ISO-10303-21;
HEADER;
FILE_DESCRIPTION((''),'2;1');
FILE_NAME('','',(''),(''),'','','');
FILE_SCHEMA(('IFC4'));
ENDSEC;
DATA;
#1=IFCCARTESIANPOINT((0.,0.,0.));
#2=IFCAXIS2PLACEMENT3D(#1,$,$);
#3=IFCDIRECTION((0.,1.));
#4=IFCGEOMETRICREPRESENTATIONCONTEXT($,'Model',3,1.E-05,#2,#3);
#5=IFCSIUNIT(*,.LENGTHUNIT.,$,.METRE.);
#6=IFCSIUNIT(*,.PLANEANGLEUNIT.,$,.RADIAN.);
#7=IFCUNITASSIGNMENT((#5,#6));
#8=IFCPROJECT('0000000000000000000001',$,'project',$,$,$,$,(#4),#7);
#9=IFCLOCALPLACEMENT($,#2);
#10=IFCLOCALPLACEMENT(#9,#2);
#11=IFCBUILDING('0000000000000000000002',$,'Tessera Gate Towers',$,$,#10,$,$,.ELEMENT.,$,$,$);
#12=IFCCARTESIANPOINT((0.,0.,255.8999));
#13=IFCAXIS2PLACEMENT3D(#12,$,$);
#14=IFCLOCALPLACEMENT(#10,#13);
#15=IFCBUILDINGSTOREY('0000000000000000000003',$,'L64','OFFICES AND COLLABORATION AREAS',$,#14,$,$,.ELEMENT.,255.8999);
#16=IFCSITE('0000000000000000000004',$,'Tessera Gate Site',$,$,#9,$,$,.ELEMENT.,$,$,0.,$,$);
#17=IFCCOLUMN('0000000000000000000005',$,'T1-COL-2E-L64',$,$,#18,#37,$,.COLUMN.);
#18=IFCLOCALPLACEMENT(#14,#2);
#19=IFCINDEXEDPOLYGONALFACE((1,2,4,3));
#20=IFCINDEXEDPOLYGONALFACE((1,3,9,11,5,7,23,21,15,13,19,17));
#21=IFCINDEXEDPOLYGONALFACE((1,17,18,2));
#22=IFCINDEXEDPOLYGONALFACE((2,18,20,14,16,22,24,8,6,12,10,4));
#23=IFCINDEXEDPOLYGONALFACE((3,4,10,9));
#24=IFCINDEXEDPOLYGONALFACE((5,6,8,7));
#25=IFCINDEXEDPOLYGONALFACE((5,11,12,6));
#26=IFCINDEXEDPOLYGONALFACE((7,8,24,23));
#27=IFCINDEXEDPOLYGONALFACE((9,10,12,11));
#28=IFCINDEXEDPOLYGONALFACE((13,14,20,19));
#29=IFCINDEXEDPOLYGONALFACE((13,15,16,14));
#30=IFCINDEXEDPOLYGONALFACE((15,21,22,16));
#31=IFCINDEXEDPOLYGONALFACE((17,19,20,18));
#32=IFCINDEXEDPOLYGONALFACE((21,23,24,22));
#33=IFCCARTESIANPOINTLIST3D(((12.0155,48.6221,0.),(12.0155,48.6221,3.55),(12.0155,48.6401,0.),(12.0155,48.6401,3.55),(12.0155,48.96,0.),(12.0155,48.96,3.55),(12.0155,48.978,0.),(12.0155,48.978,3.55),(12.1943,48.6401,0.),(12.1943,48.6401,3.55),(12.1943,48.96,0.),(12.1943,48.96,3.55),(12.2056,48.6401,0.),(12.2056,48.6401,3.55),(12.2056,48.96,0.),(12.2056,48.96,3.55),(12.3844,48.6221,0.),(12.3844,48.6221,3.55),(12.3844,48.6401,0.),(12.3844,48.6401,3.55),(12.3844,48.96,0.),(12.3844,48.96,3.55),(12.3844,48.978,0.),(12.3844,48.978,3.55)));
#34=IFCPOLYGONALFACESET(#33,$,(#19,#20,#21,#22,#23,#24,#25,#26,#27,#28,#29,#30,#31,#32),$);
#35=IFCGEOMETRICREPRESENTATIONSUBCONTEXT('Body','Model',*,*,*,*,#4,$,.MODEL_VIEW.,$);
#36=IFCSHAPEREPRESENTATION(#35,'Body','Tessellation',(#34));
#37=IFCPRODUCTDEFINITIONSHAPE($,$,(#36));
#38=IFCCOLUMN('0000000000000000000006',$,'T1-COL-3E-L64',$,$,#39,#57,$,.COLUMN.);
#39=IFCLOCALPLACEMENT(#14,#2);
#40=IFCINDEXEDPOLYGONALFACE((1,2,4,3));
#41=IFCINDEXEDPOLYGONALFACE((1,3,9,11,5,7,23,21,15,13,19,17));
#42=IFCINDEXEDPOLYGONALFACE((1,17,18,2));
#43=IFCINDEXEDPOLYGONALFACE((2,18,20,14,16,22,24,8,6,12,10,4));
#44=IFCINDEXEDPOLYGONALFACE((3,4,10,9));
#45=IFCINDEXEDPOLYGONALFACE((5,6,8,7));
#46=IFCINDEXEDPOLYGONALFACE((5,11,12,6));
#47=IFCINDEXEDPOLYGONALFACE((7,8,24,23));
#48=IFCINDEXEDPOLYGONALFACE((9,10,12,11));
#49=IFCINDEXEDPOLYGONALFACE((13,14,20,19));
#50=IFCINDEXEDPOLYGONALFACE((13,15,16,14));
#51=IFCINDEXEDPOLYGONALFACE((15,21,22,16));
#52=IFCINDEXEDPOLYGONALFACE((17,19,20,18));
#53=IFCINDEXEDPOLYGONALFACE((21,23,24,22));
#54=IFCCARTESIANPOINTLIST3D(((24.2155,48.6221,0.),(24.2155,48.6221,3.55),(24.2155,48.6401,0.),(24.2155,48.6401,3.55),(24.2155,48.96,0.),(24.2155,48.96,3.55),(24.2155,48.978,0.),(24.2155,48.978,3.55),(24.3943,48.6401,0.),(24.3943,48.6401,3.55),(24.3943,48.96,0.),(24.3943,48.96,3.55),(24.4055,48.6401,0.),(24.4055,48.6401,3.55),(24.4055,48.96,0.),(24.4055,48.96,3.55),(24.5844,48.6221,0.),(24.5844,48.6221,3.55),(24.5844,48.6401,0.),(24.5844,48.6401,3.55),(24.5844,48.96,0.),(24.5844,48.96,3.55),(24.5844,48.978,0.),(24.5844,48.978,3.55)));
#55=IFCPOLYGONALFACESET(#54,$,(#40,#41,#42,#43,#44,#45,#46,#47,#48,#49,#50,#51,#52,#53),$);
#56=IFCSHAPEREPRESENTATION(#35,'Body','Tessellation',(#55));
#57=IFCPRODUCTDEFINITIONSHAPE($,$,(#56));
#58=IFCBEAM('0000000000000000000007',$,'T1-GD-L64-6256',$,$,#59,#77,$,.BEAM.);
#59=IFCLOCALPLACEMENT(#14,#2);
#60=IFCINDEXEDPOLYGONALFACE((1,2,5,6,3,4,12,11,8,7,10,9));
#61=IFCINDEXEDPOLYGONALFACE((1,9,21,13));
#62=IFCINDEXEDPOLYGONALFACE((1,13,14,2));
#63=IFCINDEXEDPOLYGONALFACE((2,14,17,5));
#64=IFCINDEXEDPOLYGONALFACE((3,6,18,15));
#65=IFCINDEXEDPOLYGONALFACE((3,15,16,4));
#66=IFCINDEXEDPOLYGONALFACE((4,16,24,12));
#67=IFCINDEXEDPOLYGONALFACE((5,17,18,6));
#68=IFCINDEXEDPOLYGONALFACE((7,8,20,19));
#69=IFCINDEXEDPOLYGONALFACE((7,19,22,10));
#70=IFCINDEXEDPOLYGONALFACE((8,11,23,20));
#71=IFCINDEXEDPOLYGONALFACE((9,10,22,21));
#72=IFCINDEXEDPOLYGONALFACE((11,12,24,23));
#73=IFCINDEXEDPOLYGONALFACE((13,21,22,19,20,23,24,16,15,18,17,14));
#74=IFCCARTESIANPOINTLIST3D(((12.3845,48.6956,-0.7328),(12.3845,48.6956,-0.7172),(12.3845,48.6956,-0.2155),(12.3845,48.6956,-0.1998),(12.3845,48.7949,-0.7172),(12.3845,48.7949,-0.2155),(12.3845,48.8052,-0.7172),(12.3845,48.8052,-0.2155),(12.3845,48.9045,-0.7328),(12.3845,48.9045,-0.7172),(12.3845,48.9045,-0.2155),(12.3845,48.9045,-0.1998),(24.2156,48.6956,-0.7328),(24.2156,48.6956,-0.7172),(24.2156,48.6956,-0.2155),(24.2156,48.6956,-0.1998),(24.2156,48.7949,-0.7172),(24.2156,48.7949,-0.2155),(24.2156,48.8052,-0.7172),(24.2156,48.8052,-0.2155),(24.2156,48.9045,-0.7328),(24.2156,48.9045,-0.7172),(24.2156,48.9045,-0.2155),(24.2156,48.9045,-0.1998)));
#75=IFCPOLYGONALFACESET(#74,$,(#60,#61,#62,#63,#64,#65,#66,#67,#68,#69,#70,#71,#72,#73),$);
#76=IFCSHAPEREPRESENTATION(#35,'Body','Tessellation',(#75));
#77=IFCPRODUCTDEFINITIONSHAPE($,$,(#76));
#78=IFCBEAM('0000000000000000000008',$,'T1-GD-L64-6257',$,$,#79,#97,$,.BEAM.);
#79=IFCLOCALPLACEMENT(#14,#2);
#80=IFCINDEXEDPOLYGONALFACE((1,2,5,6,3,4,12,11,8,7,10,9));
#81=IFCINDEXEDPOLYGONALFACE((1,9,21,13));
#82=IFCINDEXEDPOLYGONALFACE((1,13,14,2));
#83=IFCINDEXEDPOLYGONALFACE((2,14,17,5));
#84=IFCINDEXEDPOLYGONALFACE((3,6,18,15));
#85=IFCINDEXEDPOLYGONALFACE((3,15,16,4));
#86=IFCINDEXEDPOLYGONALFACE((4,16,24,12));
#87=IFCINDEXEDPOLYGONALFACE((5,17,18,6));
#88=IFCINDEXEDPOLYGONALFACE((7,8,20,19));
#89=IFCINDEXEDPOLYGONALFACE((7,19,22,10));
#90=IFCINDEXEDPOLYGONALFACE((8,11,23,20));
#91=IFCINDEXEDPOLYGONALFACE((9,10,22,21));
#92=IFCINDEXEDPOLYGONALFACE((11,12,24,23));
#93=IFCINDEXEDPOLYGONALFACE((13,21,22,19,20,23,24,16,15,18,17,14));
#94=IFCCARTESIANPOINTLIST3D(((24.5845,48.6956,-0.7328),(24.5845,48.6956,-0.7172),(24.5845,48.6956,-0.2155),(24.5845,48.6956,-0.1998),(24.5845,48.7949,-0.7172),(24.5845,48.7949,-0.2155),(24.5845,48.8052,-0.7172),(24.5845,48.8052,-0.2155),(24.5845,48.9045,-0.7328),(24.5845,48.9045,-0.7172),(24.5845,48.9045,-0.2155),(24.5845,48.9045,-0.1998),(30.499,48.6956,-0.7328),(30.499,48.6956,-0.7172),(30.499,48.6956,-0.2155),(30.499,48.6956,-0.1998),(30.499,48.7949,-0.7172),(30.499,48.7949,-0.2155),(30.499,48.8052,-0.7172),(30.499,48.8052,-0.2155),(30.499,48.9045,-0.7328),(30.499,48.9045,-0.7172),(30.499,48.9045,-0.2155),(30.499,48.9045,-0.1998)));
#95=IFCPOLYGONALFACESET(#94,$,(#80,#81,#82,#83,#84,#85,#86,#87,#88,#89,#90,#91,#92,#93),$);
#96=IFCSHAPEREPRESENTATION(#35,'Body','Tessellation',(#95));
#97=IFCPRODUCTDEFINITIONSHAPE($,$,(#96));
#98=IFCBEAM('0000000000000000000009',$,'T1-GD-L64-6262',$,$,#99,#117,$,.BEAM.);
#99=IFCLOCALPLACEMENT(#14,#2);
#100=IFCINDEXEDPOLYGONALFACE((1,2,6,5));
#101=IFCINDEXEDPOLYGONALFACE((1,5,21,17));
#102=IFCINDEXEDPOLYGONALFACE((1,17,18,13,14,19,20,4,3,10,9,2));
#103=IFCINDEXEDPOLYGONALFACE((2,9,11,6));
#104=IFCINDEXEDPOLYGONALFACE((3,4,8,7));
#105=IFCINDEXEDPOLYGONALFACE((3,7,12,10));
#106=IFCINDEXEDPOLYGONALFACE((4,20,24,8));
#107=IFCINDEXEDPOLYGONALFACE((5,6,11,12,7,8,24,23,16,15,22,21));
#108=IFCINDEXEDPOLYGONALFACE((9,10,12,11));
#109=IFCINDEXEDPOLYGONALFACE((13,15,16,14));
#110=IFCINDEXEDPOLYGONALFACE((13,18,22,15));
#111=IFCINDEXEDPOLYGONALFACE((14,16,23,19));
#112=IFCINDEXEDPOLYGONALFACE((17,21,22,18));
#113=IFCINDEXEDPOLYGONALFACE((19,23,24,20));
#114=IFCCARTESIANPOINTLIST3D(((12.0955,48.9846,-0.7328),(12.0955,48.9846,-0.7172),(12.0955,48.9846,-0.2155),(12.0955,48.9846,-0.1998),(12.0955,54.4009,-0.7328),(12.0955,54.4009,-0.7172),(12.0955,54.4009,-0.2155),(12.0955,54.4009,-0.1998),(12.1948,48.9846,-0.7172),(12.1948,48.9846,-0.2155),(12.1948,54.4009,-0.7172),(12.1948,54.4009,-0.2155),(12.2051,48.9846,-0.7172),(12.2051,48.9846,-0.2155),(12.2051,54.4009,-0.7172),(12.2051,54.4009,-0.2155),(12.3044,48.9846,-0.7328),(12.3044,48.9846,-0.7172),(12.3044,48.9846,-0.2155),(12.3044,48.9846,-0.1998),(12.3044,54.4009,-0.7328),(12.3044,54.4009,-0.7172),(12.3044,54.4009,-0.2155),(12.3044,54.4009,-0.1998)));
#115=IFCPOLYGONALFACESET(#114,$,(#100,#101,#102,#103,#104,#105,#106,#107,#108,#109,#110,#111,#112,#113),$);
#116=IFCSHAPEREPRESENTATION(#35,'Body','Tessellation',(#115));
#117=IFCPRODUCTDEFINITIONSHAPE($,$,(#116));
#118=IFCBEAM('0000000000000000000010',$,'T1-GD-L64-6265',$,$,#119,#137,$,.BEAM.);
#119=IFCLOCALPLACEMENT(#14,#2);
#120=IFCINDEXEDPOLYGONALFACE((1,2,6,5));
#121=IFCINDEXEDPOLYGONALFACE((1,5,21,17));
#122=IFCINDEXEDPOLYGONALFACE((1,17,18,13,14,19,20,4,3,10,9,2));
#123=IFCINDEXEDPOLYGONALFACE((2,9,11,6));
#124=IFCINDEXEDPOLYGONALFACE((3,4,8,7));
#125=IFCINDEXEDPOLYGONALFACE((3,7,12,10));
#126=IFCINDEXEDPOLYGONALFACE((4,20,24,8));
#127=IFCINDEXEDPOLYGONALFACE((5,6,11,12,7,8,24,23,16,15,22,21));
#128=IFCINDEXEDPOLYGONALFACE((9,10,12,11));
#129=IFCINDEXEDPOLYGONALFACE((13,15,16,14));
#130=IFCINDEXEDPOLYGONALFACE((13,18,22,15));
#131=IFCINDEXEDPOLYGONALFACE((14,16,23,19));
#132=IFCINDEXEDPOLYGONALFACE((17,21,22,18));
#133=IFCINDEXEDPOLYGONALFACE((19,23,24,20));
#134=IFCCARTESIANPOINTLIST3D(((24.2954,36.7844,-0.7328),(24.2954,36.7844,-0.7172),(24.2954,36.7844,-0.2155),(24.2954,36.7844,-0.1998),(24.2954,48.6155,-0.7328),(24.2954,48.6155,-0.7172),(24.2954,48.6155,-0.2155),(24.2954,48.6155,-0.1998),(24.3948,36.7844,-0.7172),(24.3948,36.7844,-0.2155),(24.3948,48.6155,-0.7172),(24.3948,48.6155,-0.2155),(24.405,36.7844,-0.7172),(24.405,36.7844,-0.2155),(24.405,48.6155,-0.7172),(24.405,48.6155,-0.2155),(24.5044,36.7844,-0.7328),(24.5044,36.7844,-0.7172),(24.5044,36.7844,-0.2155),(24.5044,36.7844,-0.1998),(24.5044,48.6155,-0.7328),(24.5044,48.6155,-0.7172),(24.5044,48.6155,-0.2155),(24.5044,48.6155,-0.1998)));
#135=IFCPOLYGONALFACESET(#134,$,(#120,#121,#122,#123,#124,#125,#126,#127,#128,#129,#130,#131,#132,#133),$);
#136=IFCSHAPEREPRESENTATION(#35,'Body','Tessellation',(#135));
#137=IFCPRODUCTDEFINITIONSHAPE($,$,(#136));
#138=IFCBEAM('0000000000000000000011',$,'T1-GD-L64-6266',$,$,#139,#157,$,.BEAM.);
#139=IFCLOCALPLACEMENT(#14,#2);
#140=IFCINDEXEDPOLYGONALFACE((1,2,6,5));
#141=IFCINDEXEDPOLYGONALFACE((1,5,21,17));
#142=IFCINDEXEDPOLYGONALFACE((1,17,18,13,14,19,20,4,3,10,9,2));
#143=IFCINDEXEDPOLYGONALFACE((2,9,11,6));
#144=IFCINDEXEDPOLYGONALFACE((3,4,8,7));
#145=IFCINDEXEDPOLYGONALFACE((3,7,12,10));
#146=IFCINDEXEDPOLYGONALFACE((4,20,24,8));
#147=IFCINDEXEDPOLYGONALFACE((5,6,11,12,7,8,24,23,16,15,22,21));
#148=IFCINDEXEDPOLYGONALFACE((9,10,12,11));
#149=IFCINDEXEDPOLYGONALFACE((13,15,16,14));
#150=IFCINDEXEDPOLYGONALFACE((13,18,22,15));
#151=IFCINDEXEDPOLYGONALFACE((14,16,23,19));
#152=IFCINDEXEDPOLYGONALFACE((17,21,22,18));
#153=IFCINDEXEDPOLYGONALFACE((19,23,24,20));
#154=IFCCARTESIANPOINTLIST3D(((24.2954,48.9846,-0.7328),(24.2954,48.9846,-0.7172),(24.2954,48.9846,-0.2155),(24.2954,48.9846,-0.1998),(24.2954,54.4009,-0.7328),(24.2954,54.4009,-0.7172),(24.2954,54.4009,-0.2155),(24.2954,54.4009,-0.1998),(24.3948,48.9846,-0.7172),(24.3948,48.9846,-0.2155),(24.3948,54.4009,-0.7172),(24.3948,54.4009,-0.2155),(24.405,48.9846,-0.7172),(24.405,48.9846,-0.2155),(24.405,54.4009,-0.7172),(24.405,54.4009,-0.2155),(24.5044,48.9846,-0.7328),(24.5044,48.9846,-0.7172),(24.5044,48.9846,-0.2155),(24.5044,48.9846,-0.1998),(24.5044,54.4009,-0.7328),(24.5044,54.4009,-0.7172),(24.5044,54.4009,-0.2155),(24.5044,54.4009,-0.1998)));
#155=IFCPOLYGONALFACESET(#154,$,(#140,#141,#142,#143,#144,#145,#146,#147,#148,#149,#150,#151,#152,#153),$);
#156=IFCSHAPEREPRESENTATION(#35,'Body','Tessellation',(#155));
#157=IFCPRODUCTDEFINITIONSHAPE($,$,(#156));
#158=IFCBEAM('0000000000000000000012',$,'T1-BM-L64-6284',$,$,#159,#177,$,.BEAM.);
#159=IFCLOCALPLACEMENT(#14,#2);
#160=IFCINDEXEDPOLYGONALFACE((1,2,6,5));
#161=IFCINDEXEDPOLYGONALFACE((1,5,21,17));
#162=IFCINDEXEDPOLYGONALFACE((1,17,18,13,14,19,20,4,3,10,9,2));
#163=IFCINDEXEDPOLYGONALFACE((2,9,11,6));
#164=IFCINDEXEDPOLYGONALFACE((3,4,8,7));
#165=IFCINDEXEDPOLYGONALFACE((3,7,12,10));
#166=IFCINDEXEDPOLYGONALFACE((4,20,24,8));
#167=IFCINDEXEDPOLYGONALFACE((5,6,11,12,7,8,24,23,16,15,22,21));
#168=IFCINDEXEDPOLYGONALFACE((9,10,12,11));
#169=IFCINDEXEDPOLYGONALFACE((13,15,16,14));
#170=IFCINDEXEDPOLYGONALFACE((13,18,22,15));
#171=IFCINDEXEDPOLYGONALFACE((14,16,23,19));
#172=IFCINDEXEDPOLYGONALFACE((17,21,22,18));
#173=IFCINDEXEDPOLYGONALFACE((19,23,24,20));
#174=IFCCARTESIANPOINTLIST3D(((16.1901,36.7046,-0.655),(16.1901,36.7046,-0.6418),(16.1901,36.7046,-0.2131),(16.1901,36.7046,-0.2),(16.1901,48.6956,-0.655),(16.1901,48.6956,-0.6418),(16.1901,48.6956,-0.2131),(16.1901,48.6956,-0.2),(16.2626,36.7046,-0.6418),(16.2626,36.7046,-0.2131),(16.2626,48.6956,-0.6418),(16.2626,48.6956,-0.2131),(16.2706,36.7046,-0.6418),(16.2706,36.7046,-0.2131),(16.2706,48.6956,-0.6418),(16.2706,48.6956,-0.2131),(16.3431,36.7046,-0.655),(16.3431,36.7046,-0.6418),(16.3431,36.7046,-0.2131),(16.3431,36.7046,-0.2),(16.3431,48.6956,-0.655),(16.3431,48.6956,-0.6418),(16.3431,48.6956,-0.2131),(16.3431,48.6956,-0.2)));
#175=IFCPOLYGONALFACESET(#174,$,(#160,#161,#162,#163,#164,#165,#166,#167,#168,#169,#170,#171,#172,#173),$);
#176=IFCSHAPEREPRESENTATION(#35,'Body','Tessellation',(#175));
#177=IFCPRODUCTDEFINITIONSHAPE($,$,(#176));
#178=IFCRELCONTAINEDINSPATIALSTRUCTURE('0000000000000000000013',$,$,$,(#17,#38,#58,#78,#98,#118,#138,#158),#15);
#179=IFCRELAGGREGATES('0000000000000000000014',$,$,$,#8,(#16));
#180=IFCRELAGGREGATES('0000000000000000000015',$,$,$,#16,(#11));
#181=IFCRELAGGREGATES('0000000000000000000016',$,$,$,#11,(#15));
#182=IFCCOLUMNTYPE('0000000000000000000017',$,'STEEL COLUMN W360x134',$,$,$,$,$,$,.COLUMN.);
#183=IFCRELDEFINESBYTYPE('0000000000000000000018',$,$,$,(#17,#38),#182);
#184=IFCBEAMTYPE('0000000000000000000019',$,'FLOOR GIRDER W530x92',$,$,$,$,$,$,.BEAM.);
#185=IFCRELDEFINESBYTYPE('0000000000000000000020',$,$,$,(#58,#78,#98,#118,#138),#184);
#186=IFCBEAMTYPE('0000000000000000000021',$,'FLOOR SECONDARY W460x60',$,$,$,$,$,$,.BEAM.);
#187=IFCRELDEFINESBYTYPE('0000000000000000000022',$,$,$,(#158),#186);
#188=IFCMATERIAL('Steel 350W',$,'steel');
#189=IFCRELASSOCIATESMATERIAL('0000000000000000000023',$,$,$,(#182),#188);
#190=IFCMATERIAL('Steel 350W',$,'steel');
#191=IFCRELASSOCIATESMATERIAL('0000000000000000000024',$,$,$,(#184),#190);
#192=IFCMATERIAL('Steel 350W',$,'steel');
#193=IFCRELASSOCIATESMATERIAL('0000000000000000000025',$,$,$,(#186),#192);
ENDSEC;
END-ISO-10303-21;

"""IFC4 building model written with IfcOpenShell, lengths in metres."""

from ifc_helpers import new_model, si_unit, direction, frame, origin, origin_2d, place, context, subcontext, project, spatial, i_section, extrude, material, material_profile, profile_set, type_object, element, save


model = new_model("IFC4")

# Units and contexts
model_context = context("Model", 3, precision=1e-05, world=origin(), true_north=direction((0.0, 1.0)))
body_context = subcontext(model_context, "Body", "Model", "MODEL_VIEW")
ifc_project = project(units=[si_unit("LENGTHUNIT", "METRE"), si_unit("PLANEANGLEUNIT", "RADIAN")], contexts=[model_context])

# Site, building, storey
site_placement = place(None, origin())
site = spatial("IfcSite", under=ifc_project, at=site_placement, Name="Tessera Gate Site", CompositionType="ELEMENT", RefElevation=0.0)
building_placement = place(site_placement, origin())
building = spatial("IfcBuilding", under=site, at=building_placement, Name="Tessera Gate Towers", CompositionType="ELEMENT")
storey_placement = place(building_placement, frame((0.0, 0.0, 255.8999)))
storey = spatial("IfcBuildingStorey", under=building, at=storey_placement, Name="L64", Description="OFFICES AND COLLABORATION AREAS", CompositionType="ELEMENT", Elevation=255.8999)

# Columns
ifc_material_1 = material(Name="Steel 350W", Category="steel")
ifc_material_profile_1 = material_profile(ifc_material_1, i_section(OverallWidth=0.3689, OverallDepth=0.356, WebThickness=0.0112, FlangeThickness=0.0181, at=origin_2d()), Name="W360x134")
ifc_profile_set_1 = profile_set([ifc_material_profile_1], Name="Steel 350W")
column_type = type_object("IfcColumnType", Name="STEEL COLUMN W360x134", PredefinedType="COLUMN", material=ifc_profile_set_1)
for number, where, z_axis, x_axis, name in (
    (1, (12.2, 48.8, 0.0), (0.0, 0.0, 1.0), (1.0, 0.0, 0.0), "T1-COL-2E-L64"),
    (2, (24.3999, 48.8, 0.0), (0.0, 0.0, 1.0), (1.0, 0.0, 0.0), "T1-COL-3E-L64"),
):
    element("IfcColumn", number, at=place(storey_placement, frame(where, z_axis=z_axis, x_axis=x_axis)), inside=storey, type_object=column_type, Name=name, PredefinedType="COLUMN", context=body_context, shape_type="SweptSolid", body=[
        extrude(i_section(OverallWidth=0.3689, OverallDepth=0.356, WebThickness=0.0112, FlangeThickness=0.0181, at=origin_2d()), origin(), (0.0, 0.0, 1.0), 3.55),
    ])

# Beams
ifc_material_2 = material(Name="Steel 350W", Category="steel")
ifc_material_profile_2 = material_profile(ifc_material_2, i_section(OverallWidth=0.209, OverallDepth=0.533, WebThickness=0.0103, FlangeThickness=0.0156, at=origin_2d()), Name="W530x92")
ifc_profile_set_2 = profile_set([ifc_material_profile_2], Name="Steel 350W")
beam_type_1 = type_object("IfcBeamType", Name="FLOOR GIRDER W530x92", PredefinedType="BEAM", material=ifc_profile_set_2)
beam_1_placement = place(storey_placement, frame((12.3845, 48.8, -0.4663), z_axis=(1.0, 0.0, 0.0), x_axis=(0.0, 1.0, 0.0)))
element("IfcBeam", 3, at=beam_1_placement, inside=storey, type_object=beam_type_1, Name="T1-GD-L64-6256", PredefinedType="BEAM", context=body_context, shape_type="SweptSolid", body=[
    extrude(i_section(OverallWidth=0.209, OverallDepth=0.533, WebThickness=0.0103, FlangeThickness=0.0156, at=origin_2d()), origin(), (0.0, 0.0, 1.0), 11.8311),
])
beam_2_placement = place(storey_placement, frame((24.5845, 48.8, -0.4663), z_axis=(1.0, 0.0, 0.0), x_axis=(0.0, 1.0, 0.0)))
element("IfcBeam", 4, at=beam_2_placement, inside=storey, type_object=beam_type_1, Name="T1-GD-L64-6257", PredefinedType="BEAM", context=body_context, shape_type="SweptSolid", body=[
    extrude(i_section(OverallWidth=0.209, OverallDepth=0.533, WebThickness=0.0103, FlangeThickness=0.0156, at=origin_2d()), origin(), (0.0, 0.0, 1.0), 5.9146),
])
beam_3_placement = place(storey_placement, frame((12.2, 48.9846, -0.4663), z_axis=(0.0, 1.0, 0.0), x_axis=(-1.0, 0.0, 0.0)))
element("IfcBeam", 5, at=beam_3_placement, inside=storey, type_object=beam_type_1, Name="T1-GD-L64-6262", PredefinedType="BEAM", context=body_context, shape_type="SweptSolid", body=[
    extrude(i_section(OverallWidth=0.209, OverallDepth=0.533, WebThickness=0.0103, FlangeThickness=0.0156, at=origin_2d()), origin(), (0.0, 0.0, 1.0), 5.4163),
])
beam_4_placement = place(storey_placement, frame((24.3999, 36.7844, -0.4663), z_axis=(0.0, 1.0, 0.0), x_axis=(-1.0, 0.0, 0.0)))
element("IfcBeam", 6, at=beam_4_placement, inside=storey, type_object=beam_type_1, Name="T1-GD-L64-6265", PredefinedType="BEAM", context=body_context, shape_type="SweptSolid", body=[
    extrude(i_section(OverallWidth=0.209, OverallDepth=0.533, WebThickness=0.0103, FlangeThickness=0.0156, at=origin_2d()), origin(), (0.0, 0.0, 1.0), 11.8311),
])
beam_5_placement = place(storey_placement, frame((24.3999, 48.9846, -0.4663), z_axis=(0.0, 1.0, 0.0), x_axis=(-1.0, 0.0, 0.0)))
element("IfcBeam", 7, at=beam_5_placement, inside=storey, type_object=beam_type_1, Name="T1-GD-L64-6266", PredefinedType="BEAM", context=body_context, shape_type="SweptSolid", body=[
    extrude(i_section(OverallWidth=0.209, OverallDepth=0.533, WebThickness=0.0103, FlangeThickness=0.0156, at=origin_2d()), origin(), (0.0, 0.0, 1.0), 5.4163),
])
ifc_material_3 = material(Name="Steel 350W", Category="steel")
ifc_material_profile_3 = material_profile(ifc_material_3, i_section(OverallWidth=0.1531, OverallDepth=0.4551, WebThickness=0.0081, FlangeThickness=0.0132, at=origin_2d()), Name="W460x60")
ifc_profile_set_3 = profile_set([ifc_material_profile_3], Name="Steel 350W")
beam_type_2 = type_object("IfcBeamType", Name="FLOOR SECONDARY W460x60", PredefinedType="BEAM", material=ifc_profile_set_3)
beam_6_placement = place(storey_placement, frame((16.2666, 36.7046, -0.4275), z_axis=(0.0, 1.0, 0.0), x_axis=(-1.0, 0.0, 0.0)))
element("IfcBeam", 8, at=beam_6_placement, inside=storey, type_object=beam_type_2, Name="T1-BM-L64-6284", PredefinedType="BEAM", context=body_context, shape_type="SweptSolid", body=[
    extrude(i_section(OverallWidth=0.1531, OverallDepth=0.4551, WebThickness=0.0081, FlangeThickness=0.0132, at=origin_2d()), origin(), (0.0, 0.0, 1.0), 11.991),
])

save(model, "model.ifc")
